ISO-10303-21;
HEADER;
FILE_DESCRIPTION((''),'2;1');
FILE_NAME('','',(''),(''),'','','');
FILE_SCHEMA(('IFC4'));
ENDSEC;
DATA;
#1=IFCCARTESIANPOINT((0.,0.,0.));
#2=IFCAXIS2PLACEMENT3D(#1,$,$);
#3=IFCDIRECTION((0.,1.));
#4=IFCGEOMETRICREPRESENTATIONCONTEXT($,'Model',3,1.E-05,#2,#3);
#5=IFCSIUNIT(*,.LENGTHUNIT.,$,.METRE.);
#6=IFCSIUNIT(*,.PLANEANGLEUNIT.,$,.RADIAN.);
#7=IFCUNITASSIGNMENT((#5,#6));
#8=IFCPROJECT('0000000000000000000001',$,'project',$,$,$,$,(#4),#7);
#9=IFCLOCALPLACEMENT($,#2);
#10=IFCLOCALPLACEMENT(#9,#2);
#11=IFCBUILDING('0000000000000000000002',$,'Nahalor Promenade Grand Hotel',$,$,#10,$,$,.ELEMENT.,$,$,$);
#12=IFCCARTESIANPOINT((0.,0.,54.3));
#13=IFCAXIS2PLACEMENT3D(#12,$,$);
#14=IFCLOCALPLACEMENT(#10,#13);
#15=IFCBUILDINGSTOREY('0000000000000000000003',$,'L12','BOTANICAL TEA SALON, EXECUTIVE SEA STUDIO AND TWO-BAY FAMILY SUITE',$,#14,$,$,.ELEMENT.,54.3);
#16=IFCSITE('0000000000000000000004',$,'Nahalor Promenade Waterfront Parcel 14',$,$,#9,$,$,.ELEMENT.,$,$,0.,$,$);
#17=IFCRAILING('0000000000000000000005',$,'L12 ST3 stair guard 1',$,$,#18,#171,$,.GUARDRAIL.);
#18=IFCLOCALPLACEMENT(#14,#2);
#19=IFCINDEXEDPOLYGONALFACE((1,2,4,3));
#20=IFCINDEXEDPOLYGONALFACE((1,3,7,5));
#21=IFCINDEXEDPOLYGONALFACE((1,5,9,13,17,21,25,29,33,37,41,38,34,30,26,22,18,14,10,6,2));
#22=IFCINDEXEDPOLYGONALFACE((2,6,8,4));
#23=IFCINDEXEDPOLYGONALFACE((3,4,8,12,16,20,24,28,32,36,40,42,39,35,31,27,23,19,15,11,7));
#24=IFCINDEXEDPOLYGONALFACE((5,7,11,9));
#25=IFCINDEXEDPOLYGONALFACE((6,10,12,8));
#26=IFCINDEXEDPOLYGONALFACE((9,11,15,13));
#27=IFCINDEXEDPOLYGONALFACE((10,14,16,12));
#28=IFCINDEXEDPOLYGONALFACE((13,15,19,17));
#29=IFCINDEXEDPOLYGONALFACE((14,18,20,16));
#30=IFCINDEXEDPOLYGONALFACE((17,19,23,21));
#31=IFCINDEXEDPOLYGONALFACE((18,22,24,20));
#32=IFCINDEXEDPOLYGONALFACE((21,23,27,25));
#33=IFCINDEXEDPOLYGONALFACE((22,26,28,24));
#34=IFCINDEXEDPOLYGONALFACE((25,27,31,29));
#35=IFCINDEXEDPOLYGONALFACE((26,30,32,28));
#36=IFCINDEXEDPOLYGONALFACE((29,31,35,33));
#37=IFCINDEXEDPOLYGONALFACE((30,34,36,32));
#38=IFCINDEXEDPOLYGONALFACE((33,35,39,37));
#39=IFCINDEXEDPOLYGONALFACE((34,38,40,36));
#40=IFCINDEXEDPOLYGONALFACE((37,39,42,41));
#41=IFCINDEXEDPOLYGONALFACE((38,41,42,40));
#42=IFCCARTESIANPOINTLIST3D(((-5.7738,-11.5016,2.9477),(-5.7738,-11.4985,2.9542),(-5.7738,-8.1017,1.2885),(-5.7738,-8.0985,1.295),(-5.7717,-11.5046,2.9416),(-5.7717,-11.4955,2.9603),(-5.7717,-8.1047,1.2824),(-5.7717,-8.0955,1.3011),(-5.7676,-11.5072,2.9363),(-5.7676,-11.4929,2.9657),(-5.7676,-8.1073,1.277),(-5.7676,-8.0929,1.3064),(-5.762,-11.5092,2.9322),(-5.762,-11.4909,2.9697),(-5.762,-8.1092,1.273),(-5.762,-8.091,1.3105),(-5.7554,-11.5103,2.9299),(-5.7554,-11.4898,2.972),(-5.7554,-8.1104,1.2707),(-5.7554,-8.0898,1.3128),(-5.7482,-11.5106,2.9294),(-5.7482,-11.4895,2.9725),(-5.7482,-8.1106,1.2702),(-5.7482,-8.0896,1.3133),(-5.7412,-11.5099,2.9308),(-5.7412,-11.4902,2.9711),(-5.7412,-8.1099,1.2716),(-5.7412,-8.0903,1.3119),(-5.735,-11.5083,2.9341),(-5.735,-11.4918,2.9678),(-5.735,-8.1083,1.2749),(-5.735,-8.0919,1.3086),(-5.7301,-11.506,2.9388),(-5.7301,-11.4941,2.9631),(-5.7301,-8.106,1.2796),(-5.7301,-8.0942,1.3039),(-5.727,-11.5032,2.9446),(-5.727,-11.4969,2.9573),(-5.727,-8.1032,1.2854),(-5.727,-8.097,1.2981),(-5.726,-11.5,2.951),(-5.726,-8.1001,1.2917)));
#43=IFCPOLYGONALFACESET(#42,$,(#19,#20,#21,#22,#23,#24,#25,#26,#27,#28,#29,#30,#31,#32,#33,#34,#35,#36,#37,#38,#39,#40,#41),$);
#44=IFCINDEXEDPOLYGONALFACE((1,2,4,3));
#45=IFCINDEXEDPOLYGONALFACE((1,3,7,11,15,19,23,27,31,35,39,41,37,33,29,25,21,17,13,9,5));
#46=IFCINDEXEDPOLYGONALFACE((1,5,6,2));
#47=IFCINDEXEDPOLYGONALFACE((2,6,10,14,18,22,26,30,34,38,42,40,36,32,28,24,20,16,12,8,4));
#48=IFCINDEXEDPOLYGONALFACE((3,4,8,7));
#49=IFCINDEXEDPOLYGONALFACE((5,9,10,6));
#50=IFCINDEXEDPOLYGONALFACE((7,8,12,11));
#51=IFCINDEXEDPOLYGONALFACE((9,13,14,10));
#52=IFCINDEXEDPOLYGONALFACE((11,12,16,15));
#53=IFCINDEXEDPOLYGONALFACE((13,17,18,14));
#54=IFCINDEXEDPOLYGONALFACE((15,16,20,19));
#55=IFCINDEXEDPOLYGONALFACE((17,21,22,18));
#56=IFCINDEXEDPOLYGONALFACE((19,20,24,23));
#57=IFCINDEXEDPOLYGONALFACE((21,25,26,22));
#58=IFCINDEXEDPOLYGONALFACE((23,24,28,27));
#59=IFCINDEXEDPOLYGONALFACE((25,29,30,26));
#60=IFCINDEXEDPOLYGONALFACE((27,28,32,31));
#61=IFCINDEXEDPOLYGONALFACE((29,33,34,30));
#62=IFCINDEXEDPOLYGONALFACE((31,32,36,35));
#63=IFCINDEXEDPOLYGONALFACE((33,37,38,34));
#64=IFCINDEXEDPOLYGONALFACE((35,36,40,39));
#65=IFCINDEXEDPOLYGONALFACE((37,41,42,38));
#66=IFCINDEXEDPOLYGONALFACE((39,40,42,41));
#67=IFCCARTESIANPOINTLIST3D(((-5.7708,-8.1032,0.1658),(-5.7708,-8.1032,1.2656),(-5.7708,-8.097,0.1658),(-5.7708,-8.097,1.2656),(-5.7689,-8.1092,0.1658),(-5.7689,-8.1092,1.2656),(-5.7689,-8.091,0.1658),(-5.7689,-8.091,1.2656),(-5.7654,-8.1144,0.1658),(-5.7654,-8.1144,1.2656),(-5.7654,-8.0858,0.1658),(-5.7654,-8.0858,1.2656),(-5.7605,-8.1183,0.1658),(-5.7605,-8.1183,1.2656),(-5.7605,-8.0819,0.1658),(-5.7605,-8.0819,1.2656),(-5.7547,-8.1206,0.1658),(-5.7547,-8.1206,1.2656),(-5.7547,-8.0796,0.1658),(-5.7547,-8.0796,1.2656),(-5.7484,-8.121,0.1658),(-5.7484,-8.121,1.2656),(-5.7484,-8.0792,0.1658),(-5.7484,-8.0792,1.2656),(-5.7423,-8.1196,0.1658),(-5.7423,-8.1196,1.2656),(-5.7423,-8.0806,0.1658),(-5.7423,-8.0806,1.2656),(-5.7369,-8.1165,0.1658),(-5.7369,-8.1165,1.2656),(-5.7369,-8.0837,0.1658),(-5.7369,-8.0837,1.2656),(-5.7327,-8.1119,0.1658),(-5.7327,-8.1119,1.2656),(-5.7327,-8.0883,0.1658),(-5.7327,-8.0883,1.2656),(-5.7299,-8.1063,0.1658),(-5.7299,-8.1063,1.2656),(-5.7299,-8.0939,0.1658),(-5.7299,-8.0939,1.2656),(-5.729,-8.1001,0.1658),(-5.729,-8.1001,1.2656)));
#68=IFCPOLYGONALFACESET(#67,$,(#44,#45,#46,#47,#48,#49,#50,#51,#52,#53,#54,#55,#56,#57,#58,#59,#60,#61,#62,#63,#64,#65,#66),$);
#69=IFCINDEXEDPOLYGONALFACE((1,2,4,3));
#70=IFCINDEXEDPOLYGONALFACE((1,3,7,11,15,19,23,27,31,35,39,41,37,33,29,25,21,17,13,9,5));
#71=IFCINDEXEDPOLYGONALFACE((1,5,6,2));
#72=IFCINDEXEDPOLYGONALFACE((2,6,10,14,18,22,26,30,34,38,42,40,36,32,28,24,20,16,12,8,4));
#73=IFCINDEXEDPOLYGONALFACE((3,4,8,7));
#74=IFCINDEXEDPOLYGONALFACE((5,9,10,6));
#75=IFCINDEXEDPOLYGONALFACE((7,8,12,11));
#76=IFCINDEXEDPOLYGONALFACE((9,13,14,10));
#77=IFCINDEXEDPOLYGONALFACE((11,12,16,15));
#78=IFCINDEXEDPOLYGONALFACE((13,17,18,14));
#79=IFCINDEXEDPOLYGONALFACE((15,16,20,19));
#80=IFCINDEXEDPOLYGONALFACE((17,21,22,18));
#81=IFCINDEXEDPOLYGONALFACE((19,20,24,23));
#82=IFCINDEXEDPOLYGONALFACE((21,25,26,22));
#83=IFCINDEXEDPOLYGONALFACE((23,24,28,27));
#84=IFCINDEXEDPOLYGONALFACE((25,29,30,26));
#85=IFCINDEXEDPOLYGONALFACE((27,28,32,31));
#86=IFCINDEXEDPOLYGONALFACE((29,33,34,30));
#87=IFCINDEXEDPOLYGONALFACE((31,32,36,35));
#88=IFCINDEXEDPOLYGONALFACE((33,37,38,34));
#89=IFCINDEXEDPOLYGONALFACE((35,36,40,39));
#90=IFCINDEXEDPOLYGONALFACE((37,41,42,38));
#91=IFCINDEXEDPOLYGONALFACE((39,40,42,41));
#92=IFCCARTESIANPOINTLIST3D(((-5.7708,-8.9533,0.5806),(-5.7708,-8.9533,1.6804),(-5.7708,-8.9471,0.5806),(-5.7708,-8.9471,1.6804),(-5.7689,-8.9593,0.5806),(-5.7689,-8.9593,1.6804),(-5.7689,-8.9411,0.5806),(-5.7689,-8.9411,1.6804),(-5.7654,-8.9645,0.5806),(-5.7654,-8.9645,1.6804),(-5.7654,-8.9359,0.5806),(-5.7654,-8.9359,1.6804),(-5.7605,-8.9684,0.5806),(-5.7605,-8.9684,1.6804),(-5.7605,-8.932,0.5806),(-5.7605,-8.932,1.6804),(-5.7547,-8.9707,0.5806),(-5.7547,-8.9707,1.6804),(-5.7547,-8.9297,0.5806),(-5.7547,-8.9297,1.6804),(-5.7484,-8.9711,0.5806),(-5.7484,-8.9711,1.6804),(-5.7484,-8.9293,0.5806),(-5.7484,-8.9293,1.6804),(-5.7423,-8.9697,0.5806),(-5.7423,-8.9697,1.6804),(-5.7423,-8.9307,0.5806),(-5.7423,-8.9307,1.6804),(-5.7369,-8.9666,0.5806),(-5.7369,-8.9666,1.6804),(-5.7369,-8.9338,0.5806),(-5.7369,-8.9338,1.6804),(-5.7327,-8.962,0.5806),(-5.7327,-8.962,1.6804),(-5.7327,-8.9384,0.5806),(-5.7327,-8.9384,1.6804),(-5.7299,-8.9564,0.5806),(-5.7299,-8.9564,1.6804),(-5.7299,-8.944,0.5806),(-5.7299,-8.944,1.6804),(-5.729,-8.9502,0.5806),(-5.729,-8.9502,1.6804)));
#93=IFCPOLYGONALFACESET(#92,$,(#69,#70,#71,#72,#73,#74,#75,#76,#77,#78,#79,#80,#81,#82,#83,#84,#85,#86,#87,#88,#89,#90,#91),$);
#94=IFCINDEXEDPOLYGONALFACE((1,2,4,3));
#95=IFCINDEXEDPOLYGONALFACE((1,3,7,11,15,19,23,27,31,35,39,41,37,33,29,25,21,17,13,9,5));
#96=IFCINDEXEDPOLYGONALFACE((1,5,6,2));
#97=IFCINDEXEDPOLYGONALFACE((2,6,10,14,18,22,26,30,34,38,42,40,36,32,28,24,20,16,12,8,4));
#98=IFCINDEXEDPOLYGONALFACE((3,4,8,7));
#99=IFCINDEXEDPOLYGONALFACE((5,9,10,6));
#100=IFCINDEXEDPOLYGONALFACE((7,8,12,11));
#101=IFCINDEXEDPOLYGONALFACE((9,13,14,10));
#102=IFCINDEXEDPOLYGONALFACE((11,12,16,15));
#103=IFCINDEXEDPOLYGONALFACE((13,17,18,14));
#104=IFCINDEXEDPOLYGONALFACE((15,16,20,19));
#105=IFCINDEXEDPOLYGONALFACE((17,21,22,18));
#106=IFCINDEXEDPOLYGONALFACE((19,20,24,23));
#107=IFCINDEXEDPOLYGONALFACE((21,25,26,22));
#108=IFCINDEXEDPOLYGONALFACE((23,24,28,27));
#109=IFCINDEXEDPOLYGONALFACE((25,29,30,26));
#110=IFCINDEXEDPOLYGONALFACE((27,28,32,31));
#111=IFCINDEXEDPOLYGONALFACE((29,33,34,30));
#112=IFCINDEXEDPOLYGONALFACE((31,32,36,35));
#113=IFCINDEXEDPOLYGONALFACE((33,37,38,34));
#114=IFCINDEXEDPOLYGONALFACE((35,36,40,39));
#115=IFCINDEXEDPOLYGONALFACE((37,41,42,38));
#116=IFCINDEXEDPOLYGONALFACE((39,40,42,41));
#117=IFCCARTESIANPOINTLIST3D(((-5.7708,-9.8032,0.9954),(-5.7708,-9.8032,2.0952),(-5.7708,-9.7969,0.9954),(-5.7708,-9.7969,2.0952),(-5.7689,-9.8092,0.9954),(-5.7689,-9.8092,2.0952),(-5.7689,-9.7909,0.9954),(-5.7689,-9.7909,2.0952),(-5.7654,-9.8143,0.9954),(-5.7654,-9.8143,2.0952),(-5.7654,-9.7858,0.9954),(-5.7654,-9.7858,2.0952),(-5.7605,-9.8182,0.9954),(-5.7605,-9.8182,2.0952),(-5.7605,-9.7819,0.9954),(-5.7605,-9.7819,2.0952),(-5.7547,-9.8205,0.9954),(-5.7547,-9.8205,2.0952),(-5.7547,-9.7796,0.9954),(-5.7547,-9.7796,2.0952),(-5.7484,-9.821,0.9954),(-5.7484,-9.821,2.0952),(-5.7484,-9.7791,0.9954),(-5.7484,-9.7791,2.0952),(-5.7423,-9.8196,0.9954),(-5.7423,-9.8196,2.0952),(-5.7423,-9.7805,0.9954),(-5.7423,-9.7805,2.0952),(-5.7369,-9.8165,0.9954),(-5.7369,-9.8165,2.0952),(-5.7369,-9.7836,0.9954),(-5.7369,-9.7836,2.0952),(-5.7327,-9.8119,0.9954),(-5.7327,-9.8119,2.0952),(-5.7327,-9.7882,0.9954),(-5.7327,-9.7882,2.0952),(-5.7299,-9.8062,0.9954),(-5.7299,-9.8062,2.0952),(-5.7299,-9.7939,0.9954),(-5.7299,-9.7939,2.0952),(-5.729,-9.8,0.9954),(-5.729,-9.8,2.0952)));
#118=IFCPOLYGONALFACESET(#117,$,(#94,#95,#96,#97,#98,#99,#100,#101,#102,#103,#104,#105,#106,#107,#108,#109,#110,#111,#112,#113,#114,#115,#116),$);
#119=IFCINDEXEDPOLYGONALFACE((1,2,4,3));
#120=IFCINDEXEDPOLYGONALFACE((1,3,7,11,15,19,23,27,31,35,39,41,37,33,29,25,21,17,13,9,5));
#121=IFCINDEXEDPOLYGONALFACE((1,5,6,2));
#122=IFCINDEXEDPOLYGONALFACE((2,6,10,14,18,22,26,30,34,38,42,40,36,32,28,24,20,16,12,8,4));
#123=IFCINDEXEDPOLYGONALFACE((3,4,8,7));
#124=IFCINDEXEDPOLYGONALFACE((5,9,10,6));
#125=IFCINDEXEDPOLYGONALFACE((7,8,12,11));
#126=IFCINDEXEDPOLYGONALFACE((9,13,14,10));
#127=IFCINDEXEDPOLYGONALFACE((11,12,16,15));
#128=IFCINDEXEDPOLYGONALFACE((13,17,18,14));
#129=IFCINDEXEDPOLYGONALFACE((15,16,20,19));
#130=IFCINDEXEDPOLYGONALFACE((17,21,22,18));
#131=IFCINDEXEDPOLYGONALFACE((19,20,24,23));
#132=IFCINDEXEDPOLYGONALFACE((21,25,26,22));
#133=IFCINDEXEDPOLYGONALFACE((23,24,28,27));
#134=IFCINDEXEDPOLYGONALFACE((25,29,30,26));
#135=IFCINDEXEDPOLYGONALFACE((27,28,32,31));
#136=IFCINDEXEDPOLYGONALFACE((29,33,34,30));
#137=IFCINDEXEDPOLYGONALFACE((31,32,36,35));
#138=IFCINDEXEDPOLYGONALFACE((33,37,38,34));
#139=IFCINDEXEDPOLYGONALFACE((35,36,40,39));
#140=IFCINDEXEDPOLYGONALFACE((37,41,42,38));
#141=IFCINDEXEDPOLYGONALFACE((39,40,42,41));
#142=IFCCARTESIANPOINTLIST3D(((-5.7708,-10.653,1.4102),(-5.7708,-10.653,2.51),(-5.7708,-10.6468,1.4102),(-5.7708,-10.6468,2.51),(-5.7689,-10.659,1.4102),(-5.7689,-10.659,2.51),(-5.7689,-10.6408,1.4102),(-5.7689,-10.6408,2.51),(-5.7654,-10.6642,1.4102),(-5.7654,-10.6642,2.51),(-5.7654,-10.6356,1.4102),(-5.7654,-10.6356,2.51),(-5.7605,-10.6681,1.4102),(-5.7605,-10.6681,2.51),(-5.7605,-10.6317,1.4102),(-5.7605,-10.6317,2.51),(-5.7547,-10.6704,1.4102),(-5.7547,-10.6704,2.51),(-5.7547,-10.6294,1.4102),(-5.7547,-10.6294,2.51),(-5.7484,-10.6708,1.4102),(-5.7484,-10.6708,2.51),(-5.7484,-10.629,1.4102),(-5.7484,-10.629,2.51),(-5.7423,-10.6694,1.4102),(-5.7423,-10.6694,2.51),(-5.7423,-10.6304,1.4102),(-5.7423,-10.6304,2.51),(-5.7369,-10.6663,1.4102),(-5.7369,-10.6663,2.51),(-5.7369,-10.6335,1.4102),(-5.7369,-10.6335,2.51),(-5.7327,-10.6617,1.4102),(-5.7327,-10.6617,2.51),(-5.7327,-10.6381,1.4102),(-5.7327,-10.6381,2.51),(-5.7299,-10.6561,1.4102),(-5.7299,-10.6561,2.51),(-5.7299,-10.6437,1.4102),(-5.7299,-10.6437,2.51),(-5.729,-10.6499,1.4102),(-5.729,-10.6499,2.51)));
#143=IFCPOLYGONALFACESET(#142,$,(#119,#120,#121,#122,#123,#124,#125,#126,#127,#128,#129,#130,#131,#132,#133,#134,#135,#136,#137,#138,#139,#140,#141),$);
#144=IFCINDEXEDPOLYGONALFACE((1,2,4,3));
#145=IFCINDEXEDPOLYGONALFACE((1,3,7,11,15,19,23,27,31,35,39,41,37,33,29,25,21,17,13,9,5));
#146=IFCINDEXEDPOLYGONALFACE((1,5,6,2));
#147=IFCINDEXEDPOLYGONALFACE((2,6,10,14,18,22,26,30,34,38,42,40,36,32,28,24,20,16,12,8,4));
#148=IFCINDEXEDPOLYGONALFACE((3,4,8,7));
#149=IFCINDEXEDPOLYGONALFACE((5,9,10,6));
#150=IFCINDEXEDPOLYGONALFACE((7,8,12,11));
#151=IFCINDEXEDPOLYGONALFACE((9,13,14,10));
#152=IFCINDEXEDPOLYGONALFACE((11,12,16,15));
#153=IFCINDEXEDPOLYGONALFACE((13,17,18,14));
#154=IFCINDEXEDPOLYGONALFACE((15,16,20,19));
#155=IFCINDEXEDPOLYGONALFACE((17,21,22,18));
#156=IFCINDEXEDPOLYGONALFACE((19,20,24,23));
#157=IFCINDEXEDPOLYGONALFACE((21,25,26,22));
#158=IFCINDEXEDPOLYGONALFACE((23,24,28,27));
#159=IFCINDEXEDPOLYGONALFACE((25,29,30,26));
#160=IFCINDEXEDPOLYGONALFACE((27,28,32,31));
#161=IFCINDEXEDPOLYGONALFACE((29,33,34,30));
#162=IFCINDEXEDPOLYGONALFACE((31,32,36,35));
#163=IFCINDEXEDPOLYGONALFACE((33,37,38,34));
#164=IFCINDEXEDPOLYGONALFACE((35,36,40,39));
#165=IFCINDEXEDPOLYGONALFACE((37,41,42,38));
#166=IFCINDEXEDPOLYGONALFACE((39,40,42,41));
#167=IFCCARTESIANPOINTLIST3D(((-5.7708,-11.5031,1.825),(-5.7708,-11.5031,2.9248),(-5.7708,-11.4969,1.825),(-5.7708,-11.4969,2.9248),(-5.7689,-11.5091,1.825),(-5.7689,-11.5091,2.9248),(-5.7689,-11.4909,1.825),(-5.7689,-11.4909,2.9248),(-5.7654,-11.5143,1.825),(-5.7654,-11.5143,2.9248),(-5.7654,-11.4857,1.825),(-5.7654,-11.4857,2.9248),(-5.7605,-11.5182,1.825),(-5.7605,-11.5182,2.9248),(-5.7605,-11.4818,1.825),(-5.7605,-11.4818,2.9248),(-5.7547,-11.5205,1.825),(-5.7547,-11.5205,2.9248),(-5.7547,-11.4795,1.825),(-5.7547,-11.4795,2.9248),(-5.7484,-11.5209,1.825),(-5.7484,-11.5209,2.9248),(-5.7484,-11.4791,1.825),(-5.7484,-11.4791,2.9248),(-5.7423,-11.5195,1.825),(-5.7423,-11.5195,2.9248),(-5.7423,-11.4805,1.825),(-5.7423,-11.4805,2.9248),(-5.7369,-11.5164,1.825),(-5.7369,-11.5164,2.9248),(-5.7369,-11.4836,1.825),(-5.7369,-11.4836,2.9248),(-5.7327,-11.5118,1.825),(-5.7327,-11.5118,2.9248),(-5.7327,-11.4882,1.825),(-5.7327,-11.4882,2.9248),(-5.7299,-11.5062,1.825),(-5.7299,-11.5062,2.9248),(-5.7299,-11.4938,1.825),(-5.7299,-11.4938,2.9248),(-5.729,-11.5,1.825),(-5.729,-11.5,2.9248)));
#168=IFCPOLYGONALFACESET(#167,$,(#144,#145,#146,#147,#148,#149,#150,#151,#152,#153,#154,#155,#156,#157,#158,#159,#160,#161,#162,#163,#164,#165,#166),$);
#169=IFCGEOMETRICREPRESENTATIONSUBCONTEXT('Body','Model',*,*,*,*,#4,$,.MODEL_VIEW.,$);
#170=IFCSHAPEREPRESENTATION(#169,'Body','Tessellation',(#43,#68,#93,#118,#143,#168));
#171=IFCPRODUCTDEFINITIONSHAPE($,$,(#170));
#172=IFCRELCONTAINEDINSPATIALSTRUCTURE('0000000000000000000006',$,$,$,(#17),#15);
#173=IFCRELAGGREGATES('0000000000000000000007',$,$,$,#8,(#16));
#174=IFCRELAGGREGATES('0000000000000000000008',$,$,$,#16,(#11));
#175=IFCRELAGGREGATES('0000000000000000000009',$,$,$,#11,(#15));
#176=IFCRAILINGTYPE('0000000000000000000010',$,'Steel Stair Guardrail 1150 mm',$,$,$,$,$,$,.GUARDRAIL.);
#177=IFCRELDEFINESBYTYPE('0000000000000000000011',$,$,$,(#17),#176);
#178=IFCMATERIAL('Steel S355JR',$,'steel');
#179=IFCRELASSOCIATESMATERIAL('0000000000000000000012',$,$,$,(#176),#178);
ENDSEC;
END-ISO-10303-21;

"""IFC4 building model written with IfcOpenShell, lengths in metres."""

from ifc_helpers import new_model, si_unit, direction, frame, origin, origin_2d, place, context, subcontext, project, spatial, circle, extrude, material, type_object, element, save


model = new_model("IFC4")

# Units and contexts
model_context = context("Model", 3, precision=1e-05, world=origin(), true_north=direction((0.0, 1.0)))
body_context = subcontext(model_context, "Body", "Model", "MODEL_VIEW")
ifc_project = project(units=[si_unit("LENGTHUNIT", "METRE"), si_unit("PLANEANGLEUNIT", "RADIAN")], contexts=[model_context])

# Site, building, storey
site_placement = place(None, origin())
site = spatial("IfcSite", under=ifc_project, at=site_placement, Name="Nahalor Promenade Waterfront Parcel 14", CompositionType="ELEMENT", RefElevation=0.0)
building_placement = place(site_placement, origin())
building = spatial("IfcBuilding", under=site, at=building_placement, Name="Nahalor Promenade Grand Hotel", CompositionType="ELEMENT")
storey_placement = place(building_placement, frame((0.0, 0.0, 54.3)))
storey = spatial("IfcBuildingStorey", under=building, at=storey_placement, Name="L12", Description="BOTANICAL TEA SALON, EXECUTIVE SEA STUDIO AND TWO-BAY FAMILY SUITE", CompositionType="ELEMENT", Elevation=54.3)

# Shared definitions
ifc_material_1 = material(Name="Steel S355JR", Category="steel")

# Railing
railing_type_1 = type_object("IfcRailingType", Name="Steel Stair Guardrail 1150 mm", PredefinedType="GUARDRAIL", material=ifc_material_1)
railing_1_placement = place(storey_placement, frame((-5.75, -8.1001, 0.1658)))
element("IfcRailing", 1, at=railing_1_placement, inside=storey, type_object=railing_type_1, Name="L12 ST3 stair guard 1", PredefinedType="GUARDRAIL", context=body_context, shape_type="SweptSolid", body=[
    extrude(circle(Radius=0.024, at=origin_2d()), frame((0.0, 0.0, 1.126), z_axis=(0.0, -0.898696, 0.438571), x_axis=(1.0, 0.0, 0.0)), (0.0, 0.0, 1.0), 3.7832),
    extrude(circle(Radius=0.021, at=origin_2d()), origin(), (0.0, 0.0, 1.0), 1.0999),
    extrude(circle(Radius=0.021, at=origin_2d()), frame((0.0, -0.8501, 0.4148)), (0.0, 0.0, 1.0), 1.0999),
    extrude(circle(Radius=0.021, at=origin_2d()), frame((0.0, -1.7, 0.8296)), (0.0, 0.0, 1.0), 1.0999),
    extrude(circle(Radius=0.021, at=origin_2d()), frame((0.0, -2.5498, 1.2444)), (0.0, 0.0, 1.0), 1.0999),
    extrude(circle(Radius=0.021, at=origin_2d()), frame((0.0, -3.3999, 1.6592)), (0.0, 0.0, 1.0), 1.0999),
])

save(model, "model.ifc")
